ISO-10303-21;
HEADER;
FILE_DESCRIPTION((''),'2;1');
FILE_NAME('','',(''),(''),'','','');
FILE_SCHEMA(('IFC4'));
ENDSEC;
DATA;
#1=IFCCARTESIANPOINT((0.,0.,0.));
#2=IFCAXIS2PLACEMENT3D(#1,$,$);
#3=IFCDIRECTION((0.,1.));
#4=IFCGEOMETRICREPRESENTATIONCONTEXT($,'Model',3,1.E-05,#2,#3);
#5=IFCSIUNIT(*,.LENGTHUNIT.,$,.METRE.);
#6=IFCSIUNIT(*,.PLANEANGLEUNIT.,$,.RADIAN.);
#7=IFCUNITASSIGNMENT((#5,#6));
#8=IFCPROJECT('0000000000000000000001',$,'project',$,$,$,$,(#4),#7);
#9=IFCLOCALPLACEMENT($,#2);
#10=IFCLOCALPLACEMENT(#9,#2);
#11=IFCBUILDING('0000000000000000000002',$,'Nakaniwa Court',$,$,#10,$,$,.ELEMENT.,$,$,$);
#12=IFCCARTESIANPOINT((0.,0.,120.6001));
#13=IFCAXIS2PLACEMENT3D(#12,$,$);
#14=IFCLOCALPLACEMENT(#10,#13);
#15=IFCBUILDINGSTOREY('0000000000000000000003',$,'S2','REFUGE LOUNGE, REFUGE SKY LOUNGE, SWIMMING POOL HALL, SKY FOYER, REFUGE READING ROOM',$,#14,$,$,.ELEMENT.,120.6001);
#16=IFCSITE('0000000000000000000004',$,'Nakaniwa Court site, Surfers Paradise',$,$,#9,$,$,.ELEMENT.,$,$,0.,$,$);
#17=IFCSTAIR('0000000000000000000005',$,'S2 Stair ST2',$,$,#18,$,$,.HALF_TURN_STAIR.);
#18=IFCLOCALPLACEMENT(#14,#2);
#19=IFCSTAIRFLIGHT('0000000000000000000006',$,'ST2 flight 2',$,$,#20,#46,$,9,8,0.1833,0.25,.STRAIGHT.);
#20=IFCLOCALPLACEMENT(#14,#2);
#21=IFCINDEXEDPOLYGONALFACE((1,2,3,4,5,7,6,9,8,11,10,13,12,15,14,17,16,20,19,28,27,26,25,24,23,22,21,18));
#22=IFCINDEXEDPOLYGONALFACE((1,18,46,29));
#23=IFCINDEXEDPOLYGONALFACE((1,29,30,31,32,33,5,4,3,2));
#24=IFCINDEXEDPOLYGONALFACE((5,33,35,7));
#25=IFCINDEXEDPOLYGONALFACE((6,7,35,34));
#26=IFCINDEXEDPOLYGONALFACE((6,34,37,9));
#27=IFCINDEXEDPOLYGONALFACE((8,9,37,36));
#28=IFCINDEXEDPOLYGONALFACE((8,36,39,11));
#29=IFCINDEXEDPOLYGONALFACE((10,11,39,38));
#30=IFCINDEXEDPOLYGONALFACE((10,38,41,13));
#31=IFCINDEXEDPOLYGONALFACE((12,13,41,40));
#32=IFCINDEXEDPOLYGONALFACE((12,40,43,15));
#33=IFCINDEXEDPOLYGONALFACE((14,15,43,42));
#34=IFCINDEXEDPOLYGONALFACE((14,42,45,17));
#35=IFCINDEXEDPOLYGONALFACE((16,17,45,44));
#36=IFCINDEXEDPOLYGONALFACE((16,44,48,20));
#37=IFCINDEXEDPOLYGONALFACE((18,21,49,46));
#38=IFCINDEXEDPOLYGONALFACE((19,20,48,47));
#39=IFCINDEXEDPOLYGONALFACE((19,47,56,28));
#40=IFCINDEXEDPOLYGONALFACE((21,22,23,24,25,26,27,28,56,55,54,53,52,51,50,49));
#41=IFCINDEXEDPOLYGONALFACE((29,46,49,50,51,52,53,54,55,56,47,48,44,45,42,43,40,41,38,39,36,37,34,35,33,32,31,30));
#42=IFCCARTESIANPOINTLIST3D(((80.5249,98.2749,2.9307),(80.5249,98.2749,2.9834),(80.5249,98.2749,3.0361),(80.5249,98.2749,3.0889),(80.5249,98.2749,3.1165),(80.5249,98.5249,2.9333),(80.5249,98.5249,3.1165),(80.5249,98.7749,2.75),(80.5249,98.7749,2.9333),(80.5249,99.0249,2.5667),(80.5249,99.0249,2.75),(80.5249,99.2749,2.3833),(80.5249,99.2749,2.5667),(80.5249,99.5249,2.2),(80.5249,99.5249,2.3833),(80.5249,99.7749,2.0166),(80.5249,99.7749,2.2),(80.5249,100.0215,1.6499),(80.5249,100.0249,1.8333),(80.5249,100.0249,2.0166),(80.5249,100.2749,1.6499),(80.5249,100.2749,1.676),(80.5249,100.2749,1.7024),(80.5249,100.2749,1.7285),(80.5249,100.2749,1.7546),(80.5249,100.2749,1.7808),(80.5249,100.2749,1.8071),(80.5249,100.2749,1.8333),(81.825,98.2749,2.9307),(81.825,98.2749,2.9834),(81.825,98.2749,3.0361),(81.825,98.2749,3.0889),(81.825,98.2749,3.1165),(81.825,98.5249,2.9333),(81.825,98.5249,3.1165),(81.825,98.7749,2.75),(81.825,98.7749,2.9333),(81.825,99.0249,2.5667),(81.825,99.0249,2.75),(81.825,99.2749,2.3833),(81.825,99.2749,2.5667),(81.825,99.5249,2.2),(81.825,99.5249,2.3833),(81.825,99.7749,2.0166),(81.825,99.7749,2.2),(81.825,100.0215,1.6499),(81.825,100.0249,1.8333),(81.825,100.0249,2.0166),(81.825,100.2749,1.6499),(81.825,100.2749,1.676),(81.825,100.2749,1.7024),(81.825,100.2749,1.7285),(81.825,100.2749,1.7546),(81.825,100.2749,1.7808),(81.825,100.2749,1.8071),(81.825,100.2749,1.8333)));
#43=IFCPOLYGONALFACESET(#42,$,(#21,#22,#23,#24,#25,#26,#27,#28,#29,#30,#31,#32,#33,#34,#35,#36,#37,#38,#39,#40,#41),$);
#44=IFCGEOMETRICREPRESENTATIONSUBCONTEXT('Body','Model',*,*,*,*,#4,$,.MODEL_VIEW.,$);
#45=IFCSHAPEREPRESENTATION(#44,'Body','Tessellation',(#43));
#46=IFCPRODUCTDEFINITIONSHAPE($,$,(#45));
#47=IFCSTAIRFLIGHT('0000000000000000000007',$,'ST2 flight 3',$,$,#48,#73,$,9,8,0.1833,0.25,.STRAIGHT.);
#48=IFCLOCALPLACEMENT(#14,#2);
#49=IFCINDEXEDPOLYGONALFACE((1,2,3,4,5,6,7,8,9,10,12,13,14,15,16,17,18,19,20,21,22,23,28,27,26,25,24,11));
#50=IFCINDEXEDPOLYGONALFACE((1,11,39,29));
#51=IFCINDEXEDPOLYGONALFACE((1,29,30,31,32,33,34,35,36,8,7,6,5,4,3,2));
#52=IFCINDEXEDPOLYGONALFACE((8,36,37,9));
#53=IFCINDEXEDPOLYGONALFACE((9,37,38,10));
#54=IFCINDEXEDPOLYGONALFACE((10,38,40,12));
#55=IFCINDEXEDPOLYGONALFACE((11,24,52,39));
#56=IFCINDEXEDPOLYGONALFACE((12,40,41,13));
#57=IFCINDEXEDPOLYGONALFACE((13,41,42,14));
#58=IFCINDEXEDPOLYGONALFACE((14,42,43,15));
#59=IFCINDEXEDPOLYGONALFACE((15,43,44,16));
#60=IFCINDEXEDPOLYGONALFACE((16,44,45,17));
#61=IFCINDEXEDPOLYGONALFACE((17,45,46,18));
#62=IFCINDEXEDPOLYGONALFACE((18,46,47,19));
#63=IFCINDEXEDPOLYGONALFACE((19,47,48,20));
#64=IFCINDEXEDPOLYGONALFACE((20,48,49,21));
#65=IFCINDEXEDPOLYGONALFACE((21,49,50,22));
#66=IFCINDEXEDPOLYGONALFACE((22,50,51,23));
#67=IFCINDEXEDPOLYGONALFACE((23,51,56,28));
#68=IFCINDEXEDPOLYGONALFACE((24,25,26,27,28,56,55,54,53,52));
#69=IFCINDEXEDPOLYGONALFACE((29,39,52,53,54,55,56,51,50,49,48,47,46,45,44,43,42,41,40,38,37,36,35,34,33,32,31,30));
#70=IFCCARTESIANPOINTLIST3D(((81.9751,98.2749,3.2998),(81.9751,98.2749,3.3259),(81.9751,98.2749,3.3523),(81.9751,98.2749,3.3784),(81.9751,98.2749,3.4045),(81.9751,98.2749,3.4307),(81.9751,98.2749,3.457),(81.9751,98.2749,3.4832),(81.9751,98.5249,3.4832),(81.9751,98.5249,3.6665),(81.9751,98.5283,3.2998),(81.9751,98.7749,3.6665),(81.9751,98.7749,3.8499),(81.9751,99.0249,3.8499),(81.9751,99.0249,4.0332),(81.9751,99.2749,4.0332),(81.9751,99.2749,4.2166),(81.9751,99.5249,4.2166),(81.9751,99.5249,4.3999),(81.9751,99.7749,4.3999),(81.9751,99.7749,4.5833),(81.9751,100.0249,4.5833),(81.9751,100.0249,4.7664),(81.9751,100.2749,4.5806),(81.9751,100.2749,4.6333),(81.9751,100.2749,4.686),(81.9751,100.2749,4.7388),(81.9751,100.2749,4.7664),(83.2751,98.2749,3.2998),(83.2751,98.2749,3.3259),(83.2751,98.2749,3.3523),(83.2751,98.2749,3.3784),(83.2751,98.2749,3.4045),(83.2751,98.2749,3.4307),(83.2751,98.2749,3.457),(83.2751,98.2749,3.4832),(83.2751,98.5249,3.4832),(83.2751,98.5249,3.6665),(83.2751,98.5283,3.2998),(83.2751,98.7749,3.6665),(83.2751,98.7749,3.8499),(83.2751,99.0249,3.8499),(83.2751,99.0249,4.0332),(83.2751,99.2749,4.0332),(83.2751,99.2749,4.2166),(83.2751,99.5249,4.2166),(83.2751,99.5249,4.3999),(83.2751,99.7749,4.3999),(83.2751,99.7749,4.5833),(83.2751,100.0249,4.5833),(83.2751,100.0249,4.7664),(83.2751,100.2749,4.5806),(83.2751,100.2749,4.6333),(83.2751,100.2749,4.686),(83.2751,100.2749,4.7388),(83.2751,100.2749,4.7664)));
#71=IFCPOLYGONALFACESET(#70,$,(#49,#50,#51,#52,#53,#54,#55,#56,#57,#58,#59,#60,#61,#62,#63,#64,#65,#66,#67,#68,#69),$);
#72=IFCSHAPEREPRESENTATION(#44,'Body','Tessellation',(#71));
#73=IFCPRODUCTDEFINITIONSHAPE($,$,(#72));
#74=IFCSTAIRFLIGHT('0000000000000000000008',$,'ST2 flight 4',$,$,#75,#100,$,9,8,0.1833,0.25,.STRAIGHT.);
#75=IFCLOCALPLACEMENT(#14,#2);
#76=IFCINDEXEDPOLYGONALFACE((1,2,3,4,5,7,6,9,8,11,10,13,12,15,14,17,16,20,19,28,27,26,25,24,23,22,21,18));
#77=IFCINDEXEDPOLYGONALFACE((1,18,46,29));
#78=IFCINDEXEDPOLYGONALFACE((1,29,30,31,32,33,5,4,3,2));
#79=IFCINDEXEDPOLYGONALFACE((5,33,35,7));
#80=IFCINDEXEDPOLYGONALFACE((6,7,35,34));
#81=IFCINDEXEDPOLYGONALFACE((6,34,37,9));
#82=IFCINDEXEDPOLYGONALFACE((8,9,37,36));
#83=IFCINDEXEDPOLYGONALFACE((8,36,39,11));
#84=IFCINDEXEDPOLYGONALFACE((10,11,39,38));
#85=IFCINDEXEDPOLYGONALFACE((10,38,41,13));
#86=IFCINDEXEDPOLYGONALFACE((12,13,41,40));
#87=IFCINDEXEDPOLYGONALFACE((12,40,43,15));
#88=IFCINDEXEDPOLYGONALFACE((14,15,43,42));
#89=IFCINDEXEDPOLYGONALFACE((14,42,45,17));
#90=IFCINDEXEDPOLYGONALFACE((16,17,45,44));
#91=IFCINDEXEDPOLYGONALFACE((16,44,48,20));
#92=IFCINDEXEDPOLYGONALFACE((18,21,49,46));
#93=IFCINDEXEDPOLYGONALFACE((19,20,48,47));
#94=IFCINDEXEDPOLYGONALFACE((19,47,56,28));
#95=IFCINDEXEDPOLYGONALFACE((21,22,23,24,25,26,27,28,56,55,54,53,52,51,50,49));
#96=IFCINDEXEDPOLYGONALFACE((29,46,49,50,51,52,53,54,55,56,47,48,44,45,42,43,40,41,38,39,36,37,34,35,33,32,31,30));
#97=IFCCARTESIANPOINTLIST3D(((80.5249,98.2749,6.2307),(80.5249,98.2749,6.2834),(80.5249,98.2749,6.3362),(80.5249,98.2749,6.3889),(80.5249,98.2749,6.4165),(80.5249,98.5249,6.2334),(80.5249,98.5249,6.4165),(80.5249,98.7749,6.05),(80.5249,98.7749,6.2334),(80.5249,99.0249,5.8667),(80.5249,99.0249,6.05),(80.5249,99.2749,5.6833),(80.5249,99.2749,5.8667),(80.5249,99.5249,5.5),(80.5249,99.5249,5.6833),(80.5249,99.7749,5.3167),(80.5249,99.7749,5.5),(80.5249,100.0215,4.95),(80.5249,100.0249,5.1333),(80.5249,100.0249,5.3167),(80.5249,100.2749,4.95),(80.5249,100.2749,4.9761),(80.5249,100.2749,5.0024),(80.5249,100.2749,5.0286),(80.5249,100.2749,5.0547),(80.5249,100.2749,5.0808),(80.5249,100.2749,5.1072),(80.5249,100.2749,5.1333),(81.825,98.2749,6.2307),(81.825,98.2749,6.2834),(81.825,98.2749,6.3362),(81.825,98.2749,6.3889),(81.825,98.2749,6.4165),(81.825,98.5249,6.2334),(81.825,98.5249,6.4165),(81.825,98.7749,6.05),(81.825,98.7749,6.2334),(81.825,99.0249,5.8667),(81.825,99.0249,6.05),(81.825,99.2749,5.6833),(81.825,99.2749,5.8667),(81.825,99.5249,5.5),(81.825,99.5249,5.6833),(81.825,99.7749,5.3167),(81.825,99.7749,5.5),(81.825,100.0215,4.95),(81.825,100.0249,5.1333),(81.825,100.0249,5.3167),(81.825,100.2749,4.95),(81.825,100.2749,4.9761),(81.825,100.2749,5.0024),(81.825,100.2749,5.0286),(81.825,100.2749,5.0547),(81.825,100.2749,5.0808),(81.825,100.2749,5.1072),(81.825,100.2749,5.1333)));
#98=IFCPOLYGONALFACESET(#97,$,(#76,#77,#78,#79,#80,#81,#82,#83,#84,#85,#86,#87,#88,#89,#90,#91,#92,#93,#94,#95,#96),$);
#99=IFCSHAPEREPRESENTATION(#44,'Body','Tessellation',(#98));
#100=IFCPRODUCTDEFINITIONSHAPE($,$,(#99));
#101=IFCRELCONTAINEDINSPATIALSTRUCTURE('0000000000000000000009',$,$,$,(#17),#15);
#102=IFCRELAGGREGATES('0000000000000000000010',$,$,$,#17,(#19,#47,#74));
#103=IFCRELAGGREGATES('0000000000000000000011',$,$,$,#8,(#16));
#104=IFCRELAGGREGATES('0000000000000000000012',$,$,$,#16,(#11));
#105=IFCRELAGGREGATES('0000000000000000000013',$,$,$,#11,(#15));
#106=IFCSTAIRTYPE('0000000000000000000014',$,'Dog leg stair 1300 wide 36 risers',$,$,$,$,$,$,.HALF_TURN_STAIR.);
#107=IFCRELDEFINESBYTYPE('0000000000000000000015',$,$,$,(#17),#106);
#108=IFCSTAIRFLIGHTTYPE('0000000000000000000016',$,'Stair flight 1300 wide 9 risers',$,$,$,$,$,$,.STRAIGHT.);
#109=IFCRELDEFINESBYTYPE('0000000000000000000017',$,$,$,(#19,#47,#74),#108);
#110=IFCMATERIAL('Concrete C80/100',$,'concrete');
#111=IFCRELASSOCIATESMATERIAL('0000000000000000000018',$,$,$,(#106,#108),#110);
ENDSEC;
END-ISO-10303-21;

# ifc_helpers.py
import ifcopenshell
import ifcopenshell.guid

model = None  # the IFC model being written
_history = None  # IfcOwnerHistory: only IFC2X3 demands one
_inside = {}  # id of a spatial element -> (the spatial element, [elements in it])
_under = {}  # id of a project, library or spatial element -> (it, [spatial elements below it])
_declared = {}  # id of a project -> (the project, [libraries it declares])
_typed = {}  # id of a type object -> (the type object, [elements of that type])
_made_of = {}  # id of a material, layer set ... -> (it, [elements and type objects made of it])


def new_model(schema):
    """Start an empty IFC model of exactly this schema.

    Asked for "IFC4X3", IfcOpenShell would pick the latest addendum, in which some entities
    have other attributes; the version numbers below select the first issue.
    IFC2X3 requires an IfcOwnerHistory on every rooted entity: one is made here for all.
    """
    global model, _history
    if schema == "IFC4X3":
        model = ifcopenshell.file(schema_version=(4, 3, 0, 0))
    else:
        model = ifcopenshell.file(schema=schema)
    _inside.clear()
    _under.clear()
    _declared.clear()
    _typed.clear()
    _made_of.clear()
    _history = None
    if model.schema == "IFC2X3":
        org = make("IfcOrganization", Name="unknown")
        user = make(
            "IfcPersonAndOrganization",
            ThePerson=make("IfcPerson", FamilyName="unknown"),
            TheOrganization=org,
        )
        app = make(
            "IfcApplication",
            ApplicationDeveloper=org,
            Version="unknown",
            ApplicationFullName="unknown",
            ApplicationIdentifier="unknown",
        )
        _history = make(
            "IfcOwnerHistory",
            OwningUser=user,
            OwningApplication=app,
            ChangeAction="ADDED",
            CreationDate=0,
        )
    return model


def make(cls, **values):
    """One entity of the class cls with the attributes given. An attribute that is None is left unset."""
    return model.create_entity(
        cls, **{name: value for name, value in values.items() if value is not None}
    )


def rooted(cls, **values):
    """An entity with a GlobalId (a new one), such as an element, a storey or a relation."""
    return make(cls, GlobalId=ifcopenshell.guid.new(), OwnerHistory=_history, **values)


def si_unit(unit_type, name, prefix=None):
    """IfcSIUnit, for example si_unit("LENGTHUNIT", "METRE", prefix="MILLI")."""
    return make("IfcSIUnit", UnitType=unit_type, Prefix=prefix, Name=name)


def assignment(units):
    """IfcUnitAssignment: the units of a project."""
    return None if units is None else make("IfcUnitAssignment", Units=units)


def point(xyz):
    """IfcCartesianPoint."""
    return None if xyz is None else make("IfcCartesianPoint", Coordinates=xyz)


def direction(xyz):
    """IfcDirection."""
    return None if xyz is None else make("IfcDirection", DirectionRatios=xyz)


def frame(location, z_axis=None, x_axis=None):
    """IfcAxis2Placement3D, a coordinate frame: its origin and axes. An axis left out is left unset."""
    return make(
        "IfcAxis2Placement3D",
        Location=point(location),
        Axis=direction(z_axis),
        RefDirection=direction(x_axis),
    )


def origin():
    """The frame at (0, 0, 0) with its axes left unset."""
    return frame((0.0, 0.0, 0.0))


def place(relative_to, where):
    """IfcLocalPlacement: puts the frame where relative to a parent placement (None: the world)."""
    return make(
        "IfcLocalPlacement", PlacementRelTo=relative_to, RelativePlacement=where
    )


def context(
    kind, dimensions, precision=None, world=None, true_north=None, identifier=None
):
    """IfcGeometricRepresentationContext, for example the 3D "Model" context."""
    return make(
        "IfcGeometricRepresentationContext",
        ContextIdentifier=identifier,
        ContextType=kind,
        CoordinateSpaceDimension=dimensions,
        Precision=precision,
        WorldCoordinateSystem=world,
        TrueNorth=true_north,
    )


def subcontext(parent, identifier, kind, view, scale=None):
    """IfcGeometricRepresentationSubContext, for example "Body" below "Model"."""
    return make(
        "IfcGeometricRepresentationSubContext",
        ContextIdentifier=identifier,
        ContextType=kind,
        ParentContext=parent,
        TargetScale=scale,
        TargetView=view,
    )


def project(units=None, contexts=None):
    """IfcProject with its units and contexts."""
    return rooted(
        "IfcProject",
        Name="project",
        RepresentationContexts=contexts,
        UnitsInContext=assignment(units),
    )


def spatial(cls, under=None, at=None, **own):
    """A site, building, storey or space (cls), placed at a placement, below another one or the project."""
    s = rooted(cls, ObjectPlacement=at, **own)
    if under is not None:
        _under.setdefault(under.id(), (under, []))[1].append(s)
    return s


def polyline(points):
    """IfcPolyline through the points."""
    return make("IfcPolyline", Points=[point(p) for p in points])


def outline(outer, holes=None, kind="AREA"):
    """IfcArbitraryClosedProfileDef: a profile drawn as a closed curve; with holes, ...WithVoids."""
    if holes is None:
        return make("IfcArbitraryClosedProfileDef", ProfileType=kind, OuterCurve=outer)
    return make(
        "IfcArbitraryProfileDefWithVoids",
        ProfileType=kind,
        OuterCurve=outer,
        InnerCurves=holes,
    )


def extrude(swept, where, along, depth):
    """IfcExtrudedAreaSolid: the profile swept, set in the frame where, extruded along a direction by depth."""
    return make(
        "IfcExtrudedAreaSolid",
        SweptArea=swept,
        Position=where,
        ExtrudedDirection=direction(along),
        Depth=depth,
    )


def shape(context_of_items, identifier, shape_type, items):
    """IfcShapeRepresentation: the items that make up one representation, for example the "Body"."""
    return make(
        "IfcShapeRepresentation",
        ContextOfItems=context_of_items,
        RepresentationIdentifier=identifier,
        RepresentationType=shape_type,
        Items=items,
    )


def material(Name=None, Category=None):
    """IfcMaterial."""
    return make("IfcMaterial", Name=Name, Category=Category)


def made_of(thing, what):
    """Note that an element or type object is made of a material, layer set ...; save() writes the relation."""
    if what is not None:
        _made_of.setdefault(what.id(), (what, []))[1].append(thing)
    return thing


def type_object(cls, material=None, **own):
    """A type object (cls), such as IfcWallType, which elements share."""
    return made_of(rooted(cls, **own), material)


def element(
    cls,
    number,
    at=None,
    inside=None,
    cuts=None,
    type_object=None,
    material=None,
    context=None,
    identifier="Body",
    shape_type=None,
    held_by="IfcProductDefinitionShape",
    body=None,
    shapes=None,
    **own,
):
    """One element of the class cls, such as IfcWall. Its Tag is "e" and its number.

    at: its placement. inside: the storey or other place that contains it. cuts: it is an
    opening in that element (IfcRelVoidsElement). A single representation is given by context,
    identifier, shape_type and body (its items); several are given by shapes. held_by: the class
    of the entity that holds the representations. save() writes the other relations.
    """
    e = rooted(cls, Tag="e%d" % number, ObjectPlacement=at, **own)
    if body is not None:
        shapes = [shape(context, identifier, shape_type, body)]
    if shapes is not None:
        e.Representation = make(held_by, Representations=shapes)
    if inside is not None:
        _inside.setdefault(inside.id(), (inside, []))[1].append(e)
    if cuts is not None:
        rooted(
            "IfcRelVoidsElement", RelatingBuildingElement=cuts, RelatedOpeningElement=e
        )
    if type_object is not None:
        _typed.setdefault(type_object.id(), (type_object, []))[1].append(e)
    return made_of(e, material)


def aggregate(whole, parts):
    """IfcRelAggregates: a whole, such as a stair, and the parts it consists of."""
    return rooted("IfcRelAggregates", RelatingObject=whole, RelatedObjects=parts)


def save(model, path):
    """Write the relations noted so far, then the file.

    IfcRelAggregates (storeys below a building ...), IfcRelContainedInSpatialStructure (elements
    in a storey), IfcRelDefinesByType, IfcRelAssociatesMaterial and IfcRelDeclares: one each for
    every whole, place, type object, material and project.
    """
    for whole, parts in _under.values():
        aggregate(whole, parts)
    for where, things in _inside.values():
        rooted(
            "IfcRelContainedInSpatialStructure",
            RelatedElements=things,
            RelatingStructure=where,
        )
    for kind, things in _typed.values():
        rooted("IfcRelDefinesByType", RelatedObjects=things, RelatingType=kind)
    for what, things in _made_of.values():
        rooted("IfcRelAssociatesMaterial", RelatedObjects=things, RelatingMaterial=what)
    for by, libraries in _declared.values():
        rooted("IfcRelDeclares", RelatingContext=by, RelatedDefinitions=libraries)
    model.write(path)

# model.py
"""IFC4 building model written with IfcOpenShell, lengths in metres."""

from ifc_helpers import new_model, si_unit, direction, frame, origin, place, context, subcontext, project, spatial, polyline, outline, extrude, material, type_object, element, aggregate, save


model = new_model("IFC4")

# Units and contexts
model_context = context("Model", 3, precision=1e-05, world=origin(), true_north=direction((0.0, 1.0)))
body_context = subcontext(model_context, "Body", "Model", "MODEL_VIEW")
ifc_project = project(units=[si_unit("LENGTHUNIT", "METRE"), si_unit("PLANEANGLEUNIT", "RADIAN")], contexts=[model_context])

# Site, building, storey
site_placement = place(None, origin())
site = spatial("IfcSite", under=ifc_project, at=site_placement, Name="Nakaniwa Court site, Surfers Paradise", CompositionType="ELEMENT", RefElevation=0.0)
building_placement = place(site_placement, origin())
building = spatial("IfcBuilding", under=site, at=building_placement, Name="Nakaniwa Court", CompositionType="ELEMENT")
storey_placement = place(building_placement, frame((0.0, 0.0, 120.6001)))
storey = spatial("IfcBuildingStorey", under=building, at=storey_placement, Name="S2", Description="REFUGE LOUNGE, REFUGE SKY LOUNGE, SWIMMING POOL HALL, SKY FOYER, REFUGE READING ROOM", CompositionType="ELEMENT", Elevation=120.6001)

# Shared definitions
ifc_material_1 = material(Name="Concrete C80/100", Category="concrete")

# Stair, stair flights
stair_type = type_object("IfcStairType", Name="Dog leg stair 1300 wide 36 risers", PredefinedType="HALF_TURN_STAIR", material=ifc_material_1)
stair_placement = place(storey_placement, origin())
stair = element("IfcStair", 1, at=stair_placement, inside=storey, type_object=stair_type, Name="S2 Stair ST2", PredefinedType="HALF_TURN_STAIR")
stair_flight_type = type_object("IfcStairFlightType", Name="Stair flight 1300 wide 9 risers", PredefinedType="STRAIGHT", material=ifc_material_1)
stair_flight_1_placement = place(storey_placement, frame((81.175, 100.2749, 1.6499), z_axis=(0.0, 0.0, 1.0), x_axis=(0.0, -1.0, 0.0)))
stair_flight_1 = element("IfcStairFlight", 2, at=stair_flight_1_placement, type_object=stair_flight_type, Name="ST2 flight 2", NumberOfRisers=9, NumberOfTreads=8, PredefinedType="STRAIGHT", RiserHeight=0.1833, TreadLength=0.25, context=body_context, shape_type="SweptSolid", body=[
    extrude(outline(polyline([(0.0, 0.0), (0.0, 0.0261), (0.0, 0.0525), (0.0, 0.0786), (0.0, 0.1047), (0.0, 0.1309), (0.0, 0.1572), (0.0, 0.1833), (0.25, 0.1833), (0.25, 0.3667), (0.5, 0.3667), (0.5, 0.55), (0.75, 0.55), (0.75, 0.7334), (1.0, 0.7334), (1.0, 0.9167), (1.25, 0.9167), (1.25, 1.1001), (1.5, 1.1001), (1.5, 1.2834), (1.75, 1.2834), (1.75, 1.4666), (2.0, 1.4666), (2.0, 1.6499), (2.0, 1.5972), (2.0, 1.5444), (2.0, 1.4917), (2.0, 1.439), (2.0, 1.3862), (2.0, 1.3335), (2.0, 1.2808), (0.2534, 0.0), (0.0, 0.0)])), frame((0.0, 0.6499, 0.0), z_axis=(0.0, -1.0, 0.0), x_axis=(1.0, 0.0, 0.0)), (0.0, 0.0, 1.0), 1.3),
])
stair_flight_2_placement = place(storey_placement, frame((82.625, 98.2749, 3.2998), z_axis=(0.0, 0.0, 1.0), x_axis=(0.0, 1.0, 0.0)))
stair_flight_2 = element("IfcStairFlight", 3, at=stair_flight_2_placement, type_object=stair_flight_type, Name="ST2 flight 3", NumberOfRisers=9, NumberOfTreads=8, PredefinedType="STRAIGHT", RiserHeight=0.1833, TreadLength=0.25, context=body_context, shape_type="SweptSolid", body=[
    extrude(outline(polyline([(0.0, 0.0), (0.0, 0.0261), (0.0, 0.0525), (0.0, 0.0786), (0.0, 0.1047), (0.0, 0.1309), (0.0, 0.1572), (0.0, 0.1833), (0.25, 0.1833), (0.25, 0.3667), (0.5, 0.3667), (0.5, 0.55), (0.75, 0.55), (0.75, 0.7334), (1.0, 0.7334), (1.0, 0.9167), (1.25, 0.9167), (1.25, 1.1001), (1.5, 1.1001), (1.5, 1.2834), (1.75, 1.2834), (1.75, 1.4666), (2.0, 1.4666), (2.0, 1.6499), (2.0, 1.5972), (2.0, 1.5444), (2.0, 1.4917), (2.0, 1.439), (2.0, 1.3862), (2.0, 1.3335), (2.0, 1.2808), (0.2534, 0.0), (0.0, 0.0)])), frame((0.0, 0.6499, 0.0), z_axis=(0.0, -1.0, 0.0), x_axis=(1.0, 0.0, 0.0)), (0.0, 0.0, 1.0), 1.3),
])
stair_flight_3_placement = place(storey_placement, frame((81.175, 100.2749, 4.95), z_axis=(0.0, 0.0, 1.0), x_axis=(0.0, -1.0, 0.0)))
stair_flight_3 = element("IfcStairFlight", 4, at=stair_flight_3_placement, type_object=stair_flight_type, Name="ST2 flight 4", NumberOfRisers=9, NumberOfTreads=8, PredefinedType="STRAIGHT", RiserHeight=0.1833, TreadLength=0.25, context=body_context, shape_type="SweptSolid", body=[
    extrude(outline(polyline([(0.0, 0.0), (0.0, 0.0261), (0.0, 0.0525), (0.0, 0.0786), (0.0, 0.1047), (0.0, 0.1309), (0.0, 0.1572), (0.0, 0.1833), (0.25, 0.1833), (0.25, 0.3667), (0.5, 0.3667), (0.5, 0.55), (0.75, 0.55), (0.75, 0.7334), (1.0, 0.7334), (1.0, 0.9167), (1.25, 0.9167), (1.25, 1.1001), (1.5, 1.1001), (1.5, 1.2834), (1.75, 1.2834), (1.75, 1.4666), (2.0, 1.4666), (2.0, 1.6499), (2.0, 1.5972), (2.0, 1.5444), (2.0, 1.4917), (2.0, 1.439), (2.0, 1.3862), (2.0, 1.3335), (2.0, 1.2808), (0.2534, 0.0), (0.0, 0.0)])), frame((0.0, 0.6499, 0.0), z_axis=(0.0, -1.0, 0.0), x_axis=(1.0, 0.0, 0.0)), (0.0, 0.0, 1.0), 1.3),
])
aggregate(stair, [stair_flight_1, stair_flight_2, stair_flight_3])

save(model, "model.ifc")
